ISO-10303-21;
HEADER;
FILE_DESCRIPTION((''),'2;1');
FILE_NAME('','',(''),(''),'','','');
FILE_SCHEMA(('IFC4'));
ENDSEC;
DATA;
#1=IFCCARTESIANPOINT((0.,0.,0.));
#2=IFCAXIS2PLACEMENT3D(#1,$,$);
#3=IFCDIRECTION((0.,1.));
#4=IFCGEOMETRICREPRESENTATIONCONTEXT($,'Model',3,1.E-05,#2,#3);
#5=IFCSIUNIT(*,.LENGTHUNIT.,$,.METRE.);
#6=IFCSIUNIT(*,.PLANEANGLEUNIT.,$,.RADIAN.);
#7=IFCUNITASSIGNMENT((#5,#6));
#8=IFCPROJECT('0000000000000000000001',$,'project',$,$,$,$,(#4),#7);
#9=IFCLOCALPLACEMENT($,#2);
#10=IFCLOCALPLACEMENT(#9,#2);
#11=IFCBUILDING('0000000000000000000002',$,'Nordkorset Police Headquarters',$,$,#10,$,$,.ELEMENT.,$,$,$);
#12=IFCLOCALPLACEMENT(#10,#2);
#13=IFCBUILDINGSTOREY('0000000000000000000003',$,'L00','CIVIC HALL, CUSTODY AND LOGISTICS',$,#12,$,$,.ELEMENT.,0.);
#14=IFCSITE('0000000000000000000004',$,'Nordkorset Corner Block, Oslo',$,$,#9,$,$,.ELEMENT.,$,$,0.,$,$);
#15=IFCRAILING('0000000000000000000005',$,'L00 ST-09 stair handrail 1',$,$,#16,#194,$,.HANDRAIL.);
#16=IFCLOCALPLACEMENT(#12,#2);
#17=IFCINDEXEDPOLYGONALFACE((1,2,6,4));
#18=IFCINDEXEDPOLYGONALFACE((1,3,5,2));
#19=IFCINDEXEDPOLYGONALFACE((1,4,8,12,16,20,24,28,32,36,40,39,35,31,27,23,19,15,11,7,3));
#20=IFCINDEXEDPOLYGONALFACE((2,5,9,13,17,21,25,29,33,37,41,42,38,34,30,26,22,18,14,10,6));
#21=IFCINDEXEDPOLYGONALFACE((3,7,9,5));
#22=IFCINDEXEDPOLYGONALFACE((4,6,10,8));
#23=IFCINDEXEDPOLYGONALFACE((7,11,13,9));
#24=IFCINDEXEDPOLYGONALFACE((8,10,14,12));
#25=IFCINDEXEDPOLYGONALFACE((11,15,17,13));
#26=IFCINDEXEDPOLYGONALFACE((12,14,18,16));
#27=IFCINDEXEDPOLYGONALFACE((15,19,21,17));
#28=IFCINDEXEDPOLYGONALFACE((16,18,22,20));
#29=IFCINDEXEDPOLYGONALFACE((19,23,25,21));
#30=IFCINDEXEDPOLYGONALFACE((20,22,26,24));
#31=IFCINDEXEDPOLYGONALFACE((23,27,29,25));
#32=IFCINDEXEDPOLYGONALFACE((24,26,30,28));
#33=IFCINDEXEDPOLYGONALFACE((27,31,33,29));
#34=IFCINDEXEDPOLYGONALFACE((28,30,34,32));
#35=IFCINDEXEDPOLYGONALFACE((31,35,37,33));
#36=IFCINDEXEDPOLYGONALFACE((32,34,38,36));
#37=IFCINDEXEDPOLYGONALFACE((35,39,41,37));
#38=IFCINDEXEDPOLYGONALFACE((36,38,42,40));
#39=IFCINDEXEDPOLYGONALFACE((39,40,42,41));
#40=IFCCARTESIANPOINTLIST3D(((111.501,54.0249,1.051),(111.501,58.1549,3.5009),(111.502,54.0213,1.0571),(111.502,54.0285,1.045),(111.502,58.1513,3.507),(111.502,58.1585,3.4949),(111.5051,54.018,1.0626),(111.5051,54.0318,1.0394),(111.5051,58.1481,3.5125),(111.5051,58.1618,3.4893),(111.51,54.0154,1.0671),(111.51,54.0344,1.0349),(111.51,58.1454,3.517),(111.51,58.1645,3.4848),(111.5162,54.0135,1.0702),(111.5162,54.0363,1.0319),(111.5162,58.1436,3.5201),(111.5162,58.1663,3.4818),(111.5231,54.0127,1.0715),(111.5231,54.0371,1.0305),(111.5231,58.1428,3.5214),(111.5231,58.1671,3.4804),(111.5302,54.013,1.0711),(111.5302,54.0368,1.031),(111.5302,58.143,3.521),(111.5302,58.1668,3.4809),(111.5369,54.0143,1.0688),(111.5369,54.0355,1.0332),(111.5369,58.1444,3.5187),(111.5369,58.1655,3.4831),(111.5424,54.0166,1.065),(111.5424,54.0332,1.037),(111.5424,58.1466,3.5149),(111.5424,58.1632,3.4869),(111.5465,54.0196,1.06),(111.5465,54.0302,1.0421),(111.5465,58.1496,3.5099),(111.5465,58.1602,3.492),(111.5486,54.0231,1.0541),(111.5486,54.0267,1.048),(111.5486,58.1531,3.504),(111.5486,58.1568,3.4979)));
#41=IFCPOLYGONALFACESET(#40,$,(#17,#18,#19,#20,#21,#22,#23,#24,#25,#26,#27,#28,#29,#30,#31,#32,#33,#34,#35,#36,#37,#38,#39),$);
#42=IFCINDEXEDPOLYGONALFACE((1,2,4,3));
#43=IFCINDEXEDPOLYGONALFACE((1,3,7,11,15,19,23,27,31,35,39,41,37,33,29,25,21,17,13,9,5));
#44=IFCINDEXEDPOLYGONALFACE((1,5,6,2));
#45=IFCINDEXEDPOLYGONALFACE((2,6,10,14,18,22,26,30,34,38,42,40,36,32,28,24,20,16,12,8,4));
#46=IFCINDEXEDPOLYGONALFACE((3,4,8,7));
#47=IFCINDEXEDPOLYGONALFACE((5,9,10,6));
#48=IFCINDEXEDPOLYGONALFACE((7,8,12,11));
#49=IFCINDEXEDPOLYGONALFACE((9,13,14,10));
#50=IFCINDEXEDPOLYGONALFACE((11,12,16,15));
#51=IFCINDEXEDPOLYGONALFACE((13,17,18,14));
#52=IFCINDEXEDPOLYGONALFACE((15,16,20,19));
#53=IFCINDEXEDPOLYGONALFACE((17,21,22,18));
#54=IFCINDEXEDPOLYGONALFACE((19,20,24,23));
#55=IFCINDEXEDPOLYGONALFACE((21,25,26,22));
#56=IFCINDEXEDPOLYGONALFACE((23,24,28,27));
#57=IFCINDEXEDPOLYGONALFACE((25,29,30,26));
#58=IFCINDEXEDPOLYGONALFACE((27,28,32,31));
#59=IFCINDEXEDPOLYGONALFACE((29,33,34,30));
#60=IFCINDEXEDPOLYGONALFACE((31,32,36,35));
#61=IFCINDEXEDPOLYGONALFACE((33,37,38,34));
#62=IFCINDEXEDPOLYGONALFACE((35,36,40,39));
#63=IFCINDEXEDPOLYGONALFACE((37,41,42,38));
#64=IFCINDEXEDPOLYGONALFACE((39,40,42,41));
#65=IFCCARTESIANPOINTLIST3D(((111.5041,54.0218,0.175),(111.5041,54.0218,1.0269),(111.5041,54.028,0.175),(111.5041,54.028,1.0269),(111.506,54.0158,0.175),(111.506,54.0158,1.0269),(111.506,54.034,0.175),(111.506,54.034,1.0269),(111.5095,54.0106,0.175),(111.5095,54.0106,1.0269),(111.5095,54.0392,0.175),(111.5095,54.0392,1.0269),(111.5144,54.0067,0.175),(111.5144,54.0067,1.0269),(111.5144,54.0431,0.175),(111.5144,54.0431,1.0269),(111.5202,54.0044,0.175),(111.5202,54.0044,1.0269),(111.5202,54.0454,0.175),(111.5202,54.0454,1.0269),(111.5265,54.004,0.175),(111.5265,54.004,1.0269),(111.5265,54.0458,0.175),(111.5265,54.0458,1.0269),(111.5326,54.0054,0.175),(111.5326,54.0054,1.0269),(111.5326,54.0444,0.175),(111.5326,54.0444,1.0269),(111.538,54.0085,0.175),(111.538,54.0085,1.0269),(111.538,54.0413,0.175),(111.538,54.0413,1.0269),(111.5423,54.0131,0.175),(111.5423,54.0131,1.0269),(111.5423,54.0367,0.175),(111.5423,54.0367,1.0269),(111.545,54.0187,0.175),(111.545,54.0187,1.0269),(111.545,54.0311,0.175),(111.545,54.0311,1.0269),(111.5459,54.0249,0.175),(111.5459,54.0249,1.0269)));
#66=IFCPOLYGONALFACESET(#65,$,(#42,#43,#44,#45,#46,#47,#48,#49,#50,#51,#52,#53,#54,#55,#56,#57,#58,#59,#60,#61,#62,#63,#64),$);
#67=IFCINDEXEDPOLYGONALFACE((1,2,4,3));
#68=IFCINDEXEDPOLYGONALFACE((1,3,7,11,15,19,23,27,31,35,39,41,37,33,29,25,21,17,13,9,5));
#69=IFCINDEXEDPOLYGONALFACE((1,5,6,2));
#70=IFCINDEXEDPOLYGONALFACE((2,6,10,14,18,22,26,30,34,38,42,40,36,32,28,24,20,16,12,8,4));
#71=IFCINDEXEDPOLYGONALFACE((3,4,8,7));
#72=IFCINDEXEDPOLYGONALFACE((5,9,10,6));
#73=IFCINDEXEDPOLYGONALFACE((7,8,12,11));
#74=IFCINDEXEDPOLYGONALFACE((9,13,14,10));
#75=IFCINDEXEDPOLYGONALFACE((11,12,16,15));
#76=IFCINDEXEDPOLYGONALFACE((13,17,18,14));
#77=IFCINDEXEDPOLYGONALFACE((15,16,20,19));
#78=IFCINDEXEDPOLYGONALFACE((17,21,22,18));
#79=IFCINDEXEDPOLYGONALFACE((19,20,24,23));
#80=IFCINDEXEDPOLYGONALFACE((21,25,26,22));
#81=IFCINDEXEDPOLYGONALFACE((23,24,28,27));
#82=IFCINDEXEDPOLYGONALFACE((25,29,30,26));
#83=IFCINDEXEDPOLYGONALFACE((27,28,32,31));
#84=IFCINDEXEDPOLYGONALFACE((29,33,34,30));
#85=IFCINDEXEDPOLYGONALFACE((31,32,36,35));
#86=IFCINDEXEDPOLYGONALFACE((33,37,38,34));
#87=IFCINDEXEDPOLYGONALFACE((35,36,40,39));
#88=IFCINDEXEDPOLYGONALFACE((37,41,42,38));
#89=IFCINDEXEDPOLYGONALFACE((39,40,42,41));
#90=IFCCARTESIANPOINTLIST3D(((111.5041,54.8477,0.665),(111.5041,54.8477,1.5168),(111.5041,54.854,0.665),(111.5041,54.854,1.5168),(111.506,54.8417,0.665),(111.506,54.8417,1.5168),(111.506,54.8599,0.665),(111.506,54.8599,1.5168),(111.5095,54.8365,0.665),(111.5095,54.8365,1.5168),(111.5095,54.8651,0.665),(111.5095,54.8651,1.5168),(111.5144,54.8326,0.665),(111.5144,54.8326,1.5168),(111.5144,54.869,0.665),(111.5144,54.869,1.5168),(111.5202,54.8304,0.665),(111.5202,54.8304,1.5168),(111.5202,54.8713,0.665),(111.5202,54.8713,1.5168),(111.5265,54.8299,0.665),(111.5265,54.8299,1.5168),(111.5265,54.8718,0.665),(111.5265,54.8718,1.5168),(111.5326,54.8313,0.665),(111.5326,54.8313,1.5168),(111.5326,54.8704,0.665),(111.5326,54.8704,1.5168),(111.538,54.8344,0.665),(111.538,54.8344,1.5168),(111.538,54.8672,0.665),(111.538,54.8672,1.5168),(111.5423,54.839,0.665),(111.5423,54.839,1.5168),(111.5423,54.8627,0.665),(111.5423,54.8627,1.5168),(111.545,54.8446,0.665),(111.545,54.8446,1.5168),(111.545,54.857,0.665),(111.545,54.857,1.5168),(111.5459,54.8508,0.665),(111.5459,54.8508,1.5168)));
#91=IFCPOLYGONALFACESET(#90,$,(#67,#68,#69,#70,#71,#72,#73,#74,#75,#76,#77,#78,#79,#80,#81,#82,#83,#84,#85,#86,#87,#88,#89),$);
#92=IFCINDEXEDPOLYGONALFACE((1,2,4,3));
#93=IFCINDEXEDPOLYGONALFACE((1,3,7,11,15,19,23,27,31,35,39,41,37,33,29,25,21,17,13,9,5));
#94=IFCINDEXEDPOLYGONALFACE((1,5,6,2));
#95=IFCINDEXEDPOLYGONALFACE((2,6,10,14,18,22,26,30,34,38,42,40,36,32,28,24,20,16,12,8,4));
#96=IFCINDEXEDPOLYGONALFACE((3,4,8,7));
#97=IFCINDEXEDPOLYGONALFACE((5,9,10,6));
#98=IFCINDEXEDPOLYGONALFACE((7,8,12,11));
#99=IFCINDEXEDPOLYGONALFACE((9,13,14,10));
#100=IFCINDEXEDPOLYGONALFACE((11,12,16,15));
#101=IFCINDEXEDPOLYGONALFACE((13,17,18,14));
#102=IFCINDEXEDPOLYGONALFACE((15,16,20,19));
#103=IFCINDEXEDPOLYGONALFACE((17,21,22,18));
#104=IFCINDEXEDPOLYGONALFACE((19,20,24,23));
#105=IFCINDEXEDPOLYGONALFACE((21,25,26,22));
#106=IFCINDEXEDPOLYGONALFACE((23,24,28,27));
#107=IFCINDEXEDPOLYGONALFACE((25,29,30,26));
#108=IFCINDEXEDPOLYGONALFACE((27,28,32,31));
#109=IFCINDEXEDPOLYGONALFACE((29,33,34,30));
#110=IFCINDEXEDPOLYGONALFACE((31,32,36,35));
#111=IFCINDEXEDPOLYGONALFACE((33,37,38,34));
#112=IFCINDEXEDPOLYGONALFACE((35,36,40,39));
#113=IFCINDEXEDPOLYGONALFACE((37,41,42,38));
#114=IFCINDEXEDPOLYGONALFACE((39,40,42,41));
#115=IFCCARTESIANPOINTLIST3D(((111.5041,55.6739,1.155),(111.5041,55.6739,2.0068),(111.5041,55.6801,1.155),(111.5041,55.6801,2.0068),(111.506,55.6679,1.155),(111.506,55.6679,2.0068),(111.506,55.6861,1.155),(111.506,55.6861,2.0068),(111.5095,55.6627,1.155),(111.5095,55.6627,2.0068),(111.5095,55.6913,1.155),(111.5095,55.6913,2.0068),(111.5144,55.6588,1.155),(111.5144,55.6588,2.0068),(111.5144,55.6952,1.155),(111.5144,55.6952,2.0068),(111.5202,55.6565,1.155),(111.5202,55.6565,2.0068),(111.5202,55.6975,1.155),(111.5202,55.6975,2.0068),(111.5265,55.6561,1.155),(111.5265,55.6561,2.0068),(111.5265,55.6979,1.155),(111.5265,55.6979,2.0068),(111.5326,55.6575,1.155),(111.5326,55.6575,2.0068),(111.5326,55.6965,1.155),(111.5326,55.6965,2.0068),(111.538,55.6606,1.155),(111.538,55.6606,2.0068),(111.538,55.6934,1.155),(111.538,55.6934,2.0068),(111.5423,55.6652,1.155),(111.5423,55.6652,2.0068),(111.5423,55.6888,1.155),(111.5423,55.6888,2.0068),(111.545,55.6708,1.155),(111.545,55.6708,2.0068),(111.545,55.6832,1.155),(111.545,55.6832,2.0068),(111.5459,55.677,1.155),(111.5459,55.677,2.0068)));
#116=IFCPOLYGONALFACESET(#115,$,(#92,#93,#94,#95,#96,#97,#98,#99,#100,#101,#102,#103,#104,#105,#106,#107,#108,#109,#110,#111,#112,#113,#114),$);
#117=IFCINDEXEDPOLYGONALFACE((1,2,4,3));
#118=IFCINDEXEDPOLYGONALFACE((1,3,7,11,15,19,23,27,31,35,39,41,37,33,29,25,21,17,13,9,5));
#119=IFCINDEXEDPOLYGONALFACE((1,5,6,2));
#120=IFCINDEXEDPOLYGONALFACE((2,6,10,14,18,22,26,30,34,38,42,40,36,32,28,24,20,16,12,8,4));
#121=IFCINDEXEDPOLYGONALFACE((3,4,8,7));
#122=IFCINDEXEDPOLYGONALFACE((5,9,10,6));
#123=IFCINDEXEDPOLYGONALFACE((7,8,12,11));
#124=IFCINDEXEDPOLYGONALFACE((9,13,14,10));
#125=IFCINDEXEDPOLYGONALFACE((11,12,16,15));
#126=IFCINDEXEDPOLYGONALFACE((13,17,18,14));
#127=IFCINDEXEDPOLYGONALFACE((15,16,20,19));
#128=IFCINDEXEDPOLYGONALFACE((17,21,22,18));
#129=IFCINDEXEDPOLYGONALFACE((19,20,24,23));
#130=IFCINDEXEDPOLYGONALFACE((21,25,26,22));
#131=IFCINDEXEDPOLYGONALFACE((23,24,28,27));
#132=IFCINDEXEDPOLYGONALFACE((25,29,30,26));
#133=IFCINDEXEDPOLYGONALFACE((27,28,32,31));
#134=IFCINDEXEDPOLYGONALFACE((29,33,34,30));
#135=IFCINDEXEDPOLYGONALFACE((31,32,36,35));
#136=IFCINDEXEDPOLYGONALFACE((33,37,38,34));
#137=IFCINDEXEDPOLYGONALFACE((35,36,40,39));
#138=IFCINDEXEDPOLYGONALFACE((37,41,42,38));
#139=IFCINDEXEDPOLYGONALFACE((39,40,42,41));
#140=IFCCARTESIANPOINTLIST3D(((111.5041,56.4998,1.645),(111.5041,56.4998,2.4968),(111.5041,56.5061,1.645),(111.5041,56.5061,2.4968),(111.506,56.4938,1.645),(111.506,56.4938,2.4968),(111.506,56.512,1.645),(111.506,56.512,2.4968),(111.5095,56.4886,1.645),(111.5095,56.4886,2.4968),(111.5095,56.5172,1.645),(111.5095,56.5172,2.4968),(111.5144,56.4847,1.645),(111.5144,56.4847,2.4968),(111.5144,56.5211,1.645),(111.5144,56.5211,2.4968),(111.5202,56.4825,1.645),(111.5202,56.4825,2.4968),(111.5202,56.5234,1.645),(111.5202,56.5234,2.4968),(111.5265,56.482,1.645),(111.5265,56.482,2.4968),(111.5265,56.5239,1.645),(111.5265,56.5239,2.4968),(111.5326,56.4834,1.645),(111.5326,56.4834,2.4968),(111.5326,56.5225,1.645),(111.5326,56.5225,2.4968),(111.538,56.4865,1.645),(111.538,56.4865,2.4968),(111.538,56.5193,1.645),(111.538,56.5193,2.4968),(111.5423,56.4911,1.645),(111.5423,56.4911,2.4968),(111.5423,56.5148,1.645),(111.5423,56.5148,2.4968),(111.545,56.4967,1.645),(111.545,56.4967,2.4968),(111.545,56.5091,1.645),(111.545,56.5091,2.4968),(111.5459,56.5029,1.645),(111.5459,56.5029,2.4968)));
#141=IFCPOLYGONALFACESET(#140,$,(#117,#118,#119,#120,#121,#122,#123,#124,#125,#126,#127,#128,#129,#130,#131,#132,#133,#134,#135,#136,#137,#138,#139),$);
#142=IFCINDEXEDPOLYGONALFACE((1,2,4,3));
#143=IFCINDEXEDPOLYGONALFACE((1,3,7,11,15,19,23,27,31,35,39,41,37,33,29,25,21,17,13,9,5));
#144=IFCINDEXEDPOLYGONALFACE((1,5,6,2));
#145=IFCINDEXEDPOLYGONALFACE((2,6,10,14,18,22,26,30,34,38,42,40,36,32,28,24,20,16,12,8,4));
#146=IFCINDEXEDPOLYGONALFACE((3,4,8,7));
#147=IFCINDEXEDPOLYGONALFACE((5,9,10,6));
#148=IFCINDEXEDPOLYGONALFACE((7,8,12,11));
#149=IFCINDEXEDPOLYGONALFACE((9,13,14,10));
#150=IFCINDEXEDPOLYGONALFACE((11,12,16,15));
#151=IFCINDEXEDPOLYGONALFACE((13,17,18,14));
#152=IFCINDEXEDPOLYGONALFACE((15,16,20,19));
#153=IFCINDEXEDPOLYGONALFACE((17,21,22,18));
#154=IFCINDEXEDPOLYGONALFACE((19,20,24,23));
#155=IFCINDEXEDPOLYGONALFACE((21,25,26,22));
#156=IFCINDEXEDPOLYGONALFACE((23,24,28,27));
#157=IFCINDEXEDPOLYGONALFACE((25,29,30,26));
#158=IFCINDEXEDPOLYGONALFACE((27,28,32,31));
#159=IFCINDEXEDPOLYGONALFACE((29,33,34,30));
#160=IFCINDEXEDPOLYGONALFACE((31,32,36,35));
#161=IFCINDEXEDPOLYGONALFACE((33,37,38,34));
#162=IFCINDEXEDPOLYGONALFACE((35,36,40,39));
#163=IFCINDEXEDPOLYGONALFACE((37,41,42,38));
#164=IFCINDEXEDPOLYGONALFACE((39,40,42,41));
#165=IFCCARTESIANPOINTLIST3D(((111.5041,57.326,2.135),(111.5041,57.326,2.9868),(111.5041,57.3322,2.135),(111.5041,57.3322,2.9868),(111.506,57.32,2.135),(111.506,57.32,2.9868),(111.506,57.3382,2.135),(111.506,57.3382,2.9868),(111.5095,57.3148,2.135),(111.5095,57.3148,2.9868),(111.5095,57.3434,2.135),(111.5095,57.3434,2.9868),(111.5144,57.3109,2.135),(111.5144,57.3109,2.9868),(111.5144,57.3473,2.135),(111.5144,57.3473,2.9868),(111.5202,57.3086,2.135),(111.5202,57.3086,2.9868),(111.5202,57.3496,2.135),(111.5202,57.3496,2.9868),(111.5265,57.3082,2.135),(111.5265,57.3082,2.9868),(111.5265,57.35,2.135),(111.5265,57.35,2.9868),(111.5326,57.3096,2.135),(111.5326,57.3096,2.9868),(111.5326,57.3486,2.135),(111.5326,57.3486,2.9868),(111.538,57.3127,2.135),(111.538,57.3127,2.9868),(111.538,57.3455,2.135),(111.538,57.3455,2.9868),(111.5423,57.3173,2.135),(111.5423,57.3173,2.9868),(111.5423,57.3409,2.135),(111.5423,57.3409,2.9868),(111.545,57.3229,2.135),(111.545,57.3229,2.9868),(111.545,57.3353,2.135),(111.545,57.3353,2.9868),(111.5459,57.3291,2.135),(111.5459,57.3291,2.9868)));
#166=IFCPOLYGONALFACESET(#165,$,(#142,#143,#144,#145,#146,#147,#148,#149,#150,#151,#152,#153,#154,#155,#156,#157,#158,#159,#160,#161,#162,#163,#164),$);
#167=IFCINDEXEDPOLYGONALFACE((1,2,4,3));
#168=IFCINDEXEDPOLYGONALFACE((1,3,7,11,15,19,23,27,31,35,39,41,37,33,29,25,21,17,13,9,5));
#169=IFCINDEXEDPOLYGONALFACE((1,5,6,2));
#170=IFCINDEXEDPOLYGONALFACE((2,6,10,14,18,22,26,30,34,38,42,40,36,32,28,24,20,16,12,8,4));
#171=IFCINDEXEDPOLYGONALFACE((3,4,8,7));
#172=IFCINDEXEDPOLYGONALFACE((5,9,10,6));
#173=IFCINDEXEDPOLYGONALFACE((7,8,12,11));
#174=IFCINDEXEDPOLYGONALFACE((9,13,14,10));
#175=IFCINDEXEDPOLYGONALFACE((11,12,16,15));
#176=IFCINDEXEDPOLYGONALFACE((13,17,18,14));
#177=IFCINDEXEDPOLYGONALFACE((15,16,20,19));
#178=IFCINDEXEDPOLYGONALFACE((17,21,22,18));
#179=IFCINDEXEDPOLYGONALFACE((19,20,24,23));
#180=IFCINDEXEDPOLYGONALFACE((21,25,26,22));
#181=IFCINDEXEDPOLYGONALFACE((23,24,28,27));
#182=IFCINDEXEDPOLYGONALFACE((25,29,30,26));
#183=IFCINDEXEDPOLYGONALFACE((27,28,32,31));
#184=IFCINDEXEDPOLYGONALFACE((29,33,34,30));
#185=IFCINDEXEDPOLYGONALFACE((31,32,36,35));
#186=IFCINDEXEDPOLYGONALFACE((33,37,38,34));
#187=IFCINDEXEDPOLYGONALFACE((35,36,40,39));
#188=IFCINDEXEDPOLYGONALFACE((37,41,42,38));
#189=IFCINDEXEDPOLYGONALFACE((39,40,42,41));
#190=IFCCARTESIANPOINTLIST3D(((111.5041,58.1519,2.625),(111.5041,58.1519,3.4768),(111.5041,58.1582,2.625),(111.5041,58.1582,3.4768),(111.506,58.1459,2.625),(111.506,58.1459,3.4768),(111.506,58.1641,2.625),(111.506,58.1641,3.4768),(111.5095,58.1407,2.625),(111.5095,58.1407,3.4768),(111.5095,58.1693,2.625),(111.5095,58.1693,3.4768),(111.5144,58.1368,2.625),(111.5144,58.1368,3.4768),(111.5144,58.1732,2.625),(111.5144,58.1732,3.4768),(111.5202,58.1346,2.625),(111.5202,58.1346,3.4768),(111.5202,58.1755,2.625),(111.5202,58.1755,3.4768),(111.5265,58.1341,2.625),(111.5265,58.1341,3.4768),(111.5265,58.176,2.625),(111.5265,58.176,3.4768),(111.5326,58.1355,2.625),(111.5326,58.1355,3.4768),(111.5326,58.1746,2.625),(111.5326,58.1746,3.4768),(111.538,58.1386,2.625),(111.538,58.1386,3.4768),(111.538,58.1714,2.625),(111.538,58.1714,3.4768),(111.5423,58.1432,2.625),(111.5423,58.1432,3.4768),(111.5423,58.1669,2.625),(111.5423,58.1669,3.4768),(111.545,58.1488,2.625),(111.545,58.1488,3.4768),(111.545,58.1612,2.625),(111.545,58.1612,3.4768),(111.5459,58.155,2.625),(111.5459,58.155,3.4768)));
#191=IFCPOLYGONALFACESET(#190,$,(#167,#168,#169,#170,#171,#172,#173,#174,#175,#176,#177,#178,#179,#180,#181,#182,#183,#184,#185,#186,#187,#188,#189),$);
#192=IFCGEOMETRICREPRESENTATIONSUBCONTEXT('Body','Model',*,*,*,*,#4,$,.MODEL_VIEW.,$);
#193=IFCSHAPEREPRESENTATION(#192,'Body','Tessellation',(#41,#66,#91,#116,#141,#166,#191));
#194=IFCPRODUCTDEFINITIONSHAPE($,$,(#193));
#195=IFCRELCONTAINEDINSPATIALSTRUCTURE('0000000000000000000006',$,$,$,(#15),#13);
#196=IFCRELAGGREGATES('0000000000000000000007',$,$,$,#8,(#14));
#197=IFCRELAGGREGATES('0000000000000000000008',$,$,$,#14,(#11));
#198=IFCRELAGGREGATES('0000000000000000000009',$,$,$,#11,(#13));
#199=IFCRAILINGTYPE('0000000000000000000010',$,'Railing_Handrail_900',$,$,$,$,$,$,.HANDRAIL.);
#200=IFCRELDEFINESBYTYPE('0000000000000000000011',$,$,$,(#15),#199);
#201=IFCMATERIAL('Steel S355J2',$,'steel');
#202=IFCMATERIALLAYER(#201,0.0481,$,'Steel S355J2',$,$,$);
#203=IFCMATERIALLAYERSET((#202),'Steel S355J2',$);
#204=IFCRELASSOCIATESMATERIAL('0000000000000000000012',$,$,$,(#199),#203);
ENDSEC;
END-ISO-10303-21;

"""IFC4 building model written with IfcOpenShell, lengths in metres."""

from ifc_helpers import new_model, si_unit, direction, frame, origin, origin_2d, place, context, subcontext, project, spatial, circle, extrude, material, layer, layer_set, type_object, element, save


model = new_model("IFC4")

# Units and contexts
model_context = context("Model", 3, precision=1e-05, world=origin(), true_north=direction((0.0, 1.0)))
body_context = subcontext(model_context, "Body", "Model", "MODEL_VIEW")
ifc_project = project(units=[si_unit("LENGTHUNIT", "METRE"), si_unit("PLANEANGLEUNIT", "RADIAN")], contexts=[model_context])

# Site, building, storey
site_placement = place(None, origin())
site = spatial("IfcSite", under=ifc_project, at=site_placement, Name="Nordkorset Corner Block, Oslo", CompositionType="ELEMENT", RefElevation=0.0)
building_placement = place(site_placement, origin())
building = spatial("IfcBuilding", under=site, at=building_placement, Name="Nordkorset Police Headquarters", CompositionType="ELEMENT")
storey_placement = place(building_placement, origin())
storey = spatial("IfcBuildingStorey", under=building, at=storey_placement, Name="L00", Description="CIVIC HALL, CUSTODY AND LOGISTICS", CompositionType="ELEMENT", Elevation=0.0)

# Railing
ifc_material_1 = material(Name="Steel S355J2", Category="steel")
ifc_layer_1 = layer(ifc_material_1, 0.0481, Name="Steel S355J2")
ifc_layer_set_1 = layer_set([ifc_layer_1], Name="Steel S355J2")
railing_type_1 = type_object("IfcRailingType", Name="Railing_Handrail_900", PredefinedType="HANDRAIL", material=ifc_layer_set_1)
railing_1_placement = place(storey_placement, frame((111.5249, 54.0249, 0.175)))
element("IfcRailing", 1, at=railing_1_placement, inside=storey, type_object=railing_type_1, Name="L00 ST-09 stair handrail 1", PredefinedType="HANDRAIL", context=body_context, shape_type="SweptSolid", body=[
    extrude(circle(Radius=0.0239, at=origin_2d()), frame((0.0, 0.0, 0.876), z_axis=(0.0, 0.860066, 0.510183), x_axis=(-1.0, 0.0, 0.0)), (0.0, 0.0, 1.0), 4.802),
    extrude(circle(Radius=0.021, at=origin_2d()), origin(), (0.0, 0.0, 1.0), 0.8518),
    extrude(circle(Radius=0.021, at=origin_2d()), frame((0.0, 0.8259, 0.49)), (0.0, 0.0, 1.0), 0.8518),
    extrude(circle(Radius=0.021, at=origin_2d()), frame((0.0, 1.6521, 0.98)), (0.0, 0.0, 1.0), 0.8518),
    extrude(circle(Radius=0.021, at=origin_2d()), frame((0.0, 2.478, 1.47)), (0.0, 0.0, 1.0), 0.8518),
    extrude(circle(Radius=0.021, at=origin_2d()), frame((0.0, 3.3042, 1.96)), (0.0, 0.0, 1.0), 0.8518),
    extrude(circle(Radius=0.021, at=origin_2d()), frame((0.0, 4.1301, 2.45)), (0.0, 0.0, 1.0), 0.8518),
])

save(model, "model.ifc")
